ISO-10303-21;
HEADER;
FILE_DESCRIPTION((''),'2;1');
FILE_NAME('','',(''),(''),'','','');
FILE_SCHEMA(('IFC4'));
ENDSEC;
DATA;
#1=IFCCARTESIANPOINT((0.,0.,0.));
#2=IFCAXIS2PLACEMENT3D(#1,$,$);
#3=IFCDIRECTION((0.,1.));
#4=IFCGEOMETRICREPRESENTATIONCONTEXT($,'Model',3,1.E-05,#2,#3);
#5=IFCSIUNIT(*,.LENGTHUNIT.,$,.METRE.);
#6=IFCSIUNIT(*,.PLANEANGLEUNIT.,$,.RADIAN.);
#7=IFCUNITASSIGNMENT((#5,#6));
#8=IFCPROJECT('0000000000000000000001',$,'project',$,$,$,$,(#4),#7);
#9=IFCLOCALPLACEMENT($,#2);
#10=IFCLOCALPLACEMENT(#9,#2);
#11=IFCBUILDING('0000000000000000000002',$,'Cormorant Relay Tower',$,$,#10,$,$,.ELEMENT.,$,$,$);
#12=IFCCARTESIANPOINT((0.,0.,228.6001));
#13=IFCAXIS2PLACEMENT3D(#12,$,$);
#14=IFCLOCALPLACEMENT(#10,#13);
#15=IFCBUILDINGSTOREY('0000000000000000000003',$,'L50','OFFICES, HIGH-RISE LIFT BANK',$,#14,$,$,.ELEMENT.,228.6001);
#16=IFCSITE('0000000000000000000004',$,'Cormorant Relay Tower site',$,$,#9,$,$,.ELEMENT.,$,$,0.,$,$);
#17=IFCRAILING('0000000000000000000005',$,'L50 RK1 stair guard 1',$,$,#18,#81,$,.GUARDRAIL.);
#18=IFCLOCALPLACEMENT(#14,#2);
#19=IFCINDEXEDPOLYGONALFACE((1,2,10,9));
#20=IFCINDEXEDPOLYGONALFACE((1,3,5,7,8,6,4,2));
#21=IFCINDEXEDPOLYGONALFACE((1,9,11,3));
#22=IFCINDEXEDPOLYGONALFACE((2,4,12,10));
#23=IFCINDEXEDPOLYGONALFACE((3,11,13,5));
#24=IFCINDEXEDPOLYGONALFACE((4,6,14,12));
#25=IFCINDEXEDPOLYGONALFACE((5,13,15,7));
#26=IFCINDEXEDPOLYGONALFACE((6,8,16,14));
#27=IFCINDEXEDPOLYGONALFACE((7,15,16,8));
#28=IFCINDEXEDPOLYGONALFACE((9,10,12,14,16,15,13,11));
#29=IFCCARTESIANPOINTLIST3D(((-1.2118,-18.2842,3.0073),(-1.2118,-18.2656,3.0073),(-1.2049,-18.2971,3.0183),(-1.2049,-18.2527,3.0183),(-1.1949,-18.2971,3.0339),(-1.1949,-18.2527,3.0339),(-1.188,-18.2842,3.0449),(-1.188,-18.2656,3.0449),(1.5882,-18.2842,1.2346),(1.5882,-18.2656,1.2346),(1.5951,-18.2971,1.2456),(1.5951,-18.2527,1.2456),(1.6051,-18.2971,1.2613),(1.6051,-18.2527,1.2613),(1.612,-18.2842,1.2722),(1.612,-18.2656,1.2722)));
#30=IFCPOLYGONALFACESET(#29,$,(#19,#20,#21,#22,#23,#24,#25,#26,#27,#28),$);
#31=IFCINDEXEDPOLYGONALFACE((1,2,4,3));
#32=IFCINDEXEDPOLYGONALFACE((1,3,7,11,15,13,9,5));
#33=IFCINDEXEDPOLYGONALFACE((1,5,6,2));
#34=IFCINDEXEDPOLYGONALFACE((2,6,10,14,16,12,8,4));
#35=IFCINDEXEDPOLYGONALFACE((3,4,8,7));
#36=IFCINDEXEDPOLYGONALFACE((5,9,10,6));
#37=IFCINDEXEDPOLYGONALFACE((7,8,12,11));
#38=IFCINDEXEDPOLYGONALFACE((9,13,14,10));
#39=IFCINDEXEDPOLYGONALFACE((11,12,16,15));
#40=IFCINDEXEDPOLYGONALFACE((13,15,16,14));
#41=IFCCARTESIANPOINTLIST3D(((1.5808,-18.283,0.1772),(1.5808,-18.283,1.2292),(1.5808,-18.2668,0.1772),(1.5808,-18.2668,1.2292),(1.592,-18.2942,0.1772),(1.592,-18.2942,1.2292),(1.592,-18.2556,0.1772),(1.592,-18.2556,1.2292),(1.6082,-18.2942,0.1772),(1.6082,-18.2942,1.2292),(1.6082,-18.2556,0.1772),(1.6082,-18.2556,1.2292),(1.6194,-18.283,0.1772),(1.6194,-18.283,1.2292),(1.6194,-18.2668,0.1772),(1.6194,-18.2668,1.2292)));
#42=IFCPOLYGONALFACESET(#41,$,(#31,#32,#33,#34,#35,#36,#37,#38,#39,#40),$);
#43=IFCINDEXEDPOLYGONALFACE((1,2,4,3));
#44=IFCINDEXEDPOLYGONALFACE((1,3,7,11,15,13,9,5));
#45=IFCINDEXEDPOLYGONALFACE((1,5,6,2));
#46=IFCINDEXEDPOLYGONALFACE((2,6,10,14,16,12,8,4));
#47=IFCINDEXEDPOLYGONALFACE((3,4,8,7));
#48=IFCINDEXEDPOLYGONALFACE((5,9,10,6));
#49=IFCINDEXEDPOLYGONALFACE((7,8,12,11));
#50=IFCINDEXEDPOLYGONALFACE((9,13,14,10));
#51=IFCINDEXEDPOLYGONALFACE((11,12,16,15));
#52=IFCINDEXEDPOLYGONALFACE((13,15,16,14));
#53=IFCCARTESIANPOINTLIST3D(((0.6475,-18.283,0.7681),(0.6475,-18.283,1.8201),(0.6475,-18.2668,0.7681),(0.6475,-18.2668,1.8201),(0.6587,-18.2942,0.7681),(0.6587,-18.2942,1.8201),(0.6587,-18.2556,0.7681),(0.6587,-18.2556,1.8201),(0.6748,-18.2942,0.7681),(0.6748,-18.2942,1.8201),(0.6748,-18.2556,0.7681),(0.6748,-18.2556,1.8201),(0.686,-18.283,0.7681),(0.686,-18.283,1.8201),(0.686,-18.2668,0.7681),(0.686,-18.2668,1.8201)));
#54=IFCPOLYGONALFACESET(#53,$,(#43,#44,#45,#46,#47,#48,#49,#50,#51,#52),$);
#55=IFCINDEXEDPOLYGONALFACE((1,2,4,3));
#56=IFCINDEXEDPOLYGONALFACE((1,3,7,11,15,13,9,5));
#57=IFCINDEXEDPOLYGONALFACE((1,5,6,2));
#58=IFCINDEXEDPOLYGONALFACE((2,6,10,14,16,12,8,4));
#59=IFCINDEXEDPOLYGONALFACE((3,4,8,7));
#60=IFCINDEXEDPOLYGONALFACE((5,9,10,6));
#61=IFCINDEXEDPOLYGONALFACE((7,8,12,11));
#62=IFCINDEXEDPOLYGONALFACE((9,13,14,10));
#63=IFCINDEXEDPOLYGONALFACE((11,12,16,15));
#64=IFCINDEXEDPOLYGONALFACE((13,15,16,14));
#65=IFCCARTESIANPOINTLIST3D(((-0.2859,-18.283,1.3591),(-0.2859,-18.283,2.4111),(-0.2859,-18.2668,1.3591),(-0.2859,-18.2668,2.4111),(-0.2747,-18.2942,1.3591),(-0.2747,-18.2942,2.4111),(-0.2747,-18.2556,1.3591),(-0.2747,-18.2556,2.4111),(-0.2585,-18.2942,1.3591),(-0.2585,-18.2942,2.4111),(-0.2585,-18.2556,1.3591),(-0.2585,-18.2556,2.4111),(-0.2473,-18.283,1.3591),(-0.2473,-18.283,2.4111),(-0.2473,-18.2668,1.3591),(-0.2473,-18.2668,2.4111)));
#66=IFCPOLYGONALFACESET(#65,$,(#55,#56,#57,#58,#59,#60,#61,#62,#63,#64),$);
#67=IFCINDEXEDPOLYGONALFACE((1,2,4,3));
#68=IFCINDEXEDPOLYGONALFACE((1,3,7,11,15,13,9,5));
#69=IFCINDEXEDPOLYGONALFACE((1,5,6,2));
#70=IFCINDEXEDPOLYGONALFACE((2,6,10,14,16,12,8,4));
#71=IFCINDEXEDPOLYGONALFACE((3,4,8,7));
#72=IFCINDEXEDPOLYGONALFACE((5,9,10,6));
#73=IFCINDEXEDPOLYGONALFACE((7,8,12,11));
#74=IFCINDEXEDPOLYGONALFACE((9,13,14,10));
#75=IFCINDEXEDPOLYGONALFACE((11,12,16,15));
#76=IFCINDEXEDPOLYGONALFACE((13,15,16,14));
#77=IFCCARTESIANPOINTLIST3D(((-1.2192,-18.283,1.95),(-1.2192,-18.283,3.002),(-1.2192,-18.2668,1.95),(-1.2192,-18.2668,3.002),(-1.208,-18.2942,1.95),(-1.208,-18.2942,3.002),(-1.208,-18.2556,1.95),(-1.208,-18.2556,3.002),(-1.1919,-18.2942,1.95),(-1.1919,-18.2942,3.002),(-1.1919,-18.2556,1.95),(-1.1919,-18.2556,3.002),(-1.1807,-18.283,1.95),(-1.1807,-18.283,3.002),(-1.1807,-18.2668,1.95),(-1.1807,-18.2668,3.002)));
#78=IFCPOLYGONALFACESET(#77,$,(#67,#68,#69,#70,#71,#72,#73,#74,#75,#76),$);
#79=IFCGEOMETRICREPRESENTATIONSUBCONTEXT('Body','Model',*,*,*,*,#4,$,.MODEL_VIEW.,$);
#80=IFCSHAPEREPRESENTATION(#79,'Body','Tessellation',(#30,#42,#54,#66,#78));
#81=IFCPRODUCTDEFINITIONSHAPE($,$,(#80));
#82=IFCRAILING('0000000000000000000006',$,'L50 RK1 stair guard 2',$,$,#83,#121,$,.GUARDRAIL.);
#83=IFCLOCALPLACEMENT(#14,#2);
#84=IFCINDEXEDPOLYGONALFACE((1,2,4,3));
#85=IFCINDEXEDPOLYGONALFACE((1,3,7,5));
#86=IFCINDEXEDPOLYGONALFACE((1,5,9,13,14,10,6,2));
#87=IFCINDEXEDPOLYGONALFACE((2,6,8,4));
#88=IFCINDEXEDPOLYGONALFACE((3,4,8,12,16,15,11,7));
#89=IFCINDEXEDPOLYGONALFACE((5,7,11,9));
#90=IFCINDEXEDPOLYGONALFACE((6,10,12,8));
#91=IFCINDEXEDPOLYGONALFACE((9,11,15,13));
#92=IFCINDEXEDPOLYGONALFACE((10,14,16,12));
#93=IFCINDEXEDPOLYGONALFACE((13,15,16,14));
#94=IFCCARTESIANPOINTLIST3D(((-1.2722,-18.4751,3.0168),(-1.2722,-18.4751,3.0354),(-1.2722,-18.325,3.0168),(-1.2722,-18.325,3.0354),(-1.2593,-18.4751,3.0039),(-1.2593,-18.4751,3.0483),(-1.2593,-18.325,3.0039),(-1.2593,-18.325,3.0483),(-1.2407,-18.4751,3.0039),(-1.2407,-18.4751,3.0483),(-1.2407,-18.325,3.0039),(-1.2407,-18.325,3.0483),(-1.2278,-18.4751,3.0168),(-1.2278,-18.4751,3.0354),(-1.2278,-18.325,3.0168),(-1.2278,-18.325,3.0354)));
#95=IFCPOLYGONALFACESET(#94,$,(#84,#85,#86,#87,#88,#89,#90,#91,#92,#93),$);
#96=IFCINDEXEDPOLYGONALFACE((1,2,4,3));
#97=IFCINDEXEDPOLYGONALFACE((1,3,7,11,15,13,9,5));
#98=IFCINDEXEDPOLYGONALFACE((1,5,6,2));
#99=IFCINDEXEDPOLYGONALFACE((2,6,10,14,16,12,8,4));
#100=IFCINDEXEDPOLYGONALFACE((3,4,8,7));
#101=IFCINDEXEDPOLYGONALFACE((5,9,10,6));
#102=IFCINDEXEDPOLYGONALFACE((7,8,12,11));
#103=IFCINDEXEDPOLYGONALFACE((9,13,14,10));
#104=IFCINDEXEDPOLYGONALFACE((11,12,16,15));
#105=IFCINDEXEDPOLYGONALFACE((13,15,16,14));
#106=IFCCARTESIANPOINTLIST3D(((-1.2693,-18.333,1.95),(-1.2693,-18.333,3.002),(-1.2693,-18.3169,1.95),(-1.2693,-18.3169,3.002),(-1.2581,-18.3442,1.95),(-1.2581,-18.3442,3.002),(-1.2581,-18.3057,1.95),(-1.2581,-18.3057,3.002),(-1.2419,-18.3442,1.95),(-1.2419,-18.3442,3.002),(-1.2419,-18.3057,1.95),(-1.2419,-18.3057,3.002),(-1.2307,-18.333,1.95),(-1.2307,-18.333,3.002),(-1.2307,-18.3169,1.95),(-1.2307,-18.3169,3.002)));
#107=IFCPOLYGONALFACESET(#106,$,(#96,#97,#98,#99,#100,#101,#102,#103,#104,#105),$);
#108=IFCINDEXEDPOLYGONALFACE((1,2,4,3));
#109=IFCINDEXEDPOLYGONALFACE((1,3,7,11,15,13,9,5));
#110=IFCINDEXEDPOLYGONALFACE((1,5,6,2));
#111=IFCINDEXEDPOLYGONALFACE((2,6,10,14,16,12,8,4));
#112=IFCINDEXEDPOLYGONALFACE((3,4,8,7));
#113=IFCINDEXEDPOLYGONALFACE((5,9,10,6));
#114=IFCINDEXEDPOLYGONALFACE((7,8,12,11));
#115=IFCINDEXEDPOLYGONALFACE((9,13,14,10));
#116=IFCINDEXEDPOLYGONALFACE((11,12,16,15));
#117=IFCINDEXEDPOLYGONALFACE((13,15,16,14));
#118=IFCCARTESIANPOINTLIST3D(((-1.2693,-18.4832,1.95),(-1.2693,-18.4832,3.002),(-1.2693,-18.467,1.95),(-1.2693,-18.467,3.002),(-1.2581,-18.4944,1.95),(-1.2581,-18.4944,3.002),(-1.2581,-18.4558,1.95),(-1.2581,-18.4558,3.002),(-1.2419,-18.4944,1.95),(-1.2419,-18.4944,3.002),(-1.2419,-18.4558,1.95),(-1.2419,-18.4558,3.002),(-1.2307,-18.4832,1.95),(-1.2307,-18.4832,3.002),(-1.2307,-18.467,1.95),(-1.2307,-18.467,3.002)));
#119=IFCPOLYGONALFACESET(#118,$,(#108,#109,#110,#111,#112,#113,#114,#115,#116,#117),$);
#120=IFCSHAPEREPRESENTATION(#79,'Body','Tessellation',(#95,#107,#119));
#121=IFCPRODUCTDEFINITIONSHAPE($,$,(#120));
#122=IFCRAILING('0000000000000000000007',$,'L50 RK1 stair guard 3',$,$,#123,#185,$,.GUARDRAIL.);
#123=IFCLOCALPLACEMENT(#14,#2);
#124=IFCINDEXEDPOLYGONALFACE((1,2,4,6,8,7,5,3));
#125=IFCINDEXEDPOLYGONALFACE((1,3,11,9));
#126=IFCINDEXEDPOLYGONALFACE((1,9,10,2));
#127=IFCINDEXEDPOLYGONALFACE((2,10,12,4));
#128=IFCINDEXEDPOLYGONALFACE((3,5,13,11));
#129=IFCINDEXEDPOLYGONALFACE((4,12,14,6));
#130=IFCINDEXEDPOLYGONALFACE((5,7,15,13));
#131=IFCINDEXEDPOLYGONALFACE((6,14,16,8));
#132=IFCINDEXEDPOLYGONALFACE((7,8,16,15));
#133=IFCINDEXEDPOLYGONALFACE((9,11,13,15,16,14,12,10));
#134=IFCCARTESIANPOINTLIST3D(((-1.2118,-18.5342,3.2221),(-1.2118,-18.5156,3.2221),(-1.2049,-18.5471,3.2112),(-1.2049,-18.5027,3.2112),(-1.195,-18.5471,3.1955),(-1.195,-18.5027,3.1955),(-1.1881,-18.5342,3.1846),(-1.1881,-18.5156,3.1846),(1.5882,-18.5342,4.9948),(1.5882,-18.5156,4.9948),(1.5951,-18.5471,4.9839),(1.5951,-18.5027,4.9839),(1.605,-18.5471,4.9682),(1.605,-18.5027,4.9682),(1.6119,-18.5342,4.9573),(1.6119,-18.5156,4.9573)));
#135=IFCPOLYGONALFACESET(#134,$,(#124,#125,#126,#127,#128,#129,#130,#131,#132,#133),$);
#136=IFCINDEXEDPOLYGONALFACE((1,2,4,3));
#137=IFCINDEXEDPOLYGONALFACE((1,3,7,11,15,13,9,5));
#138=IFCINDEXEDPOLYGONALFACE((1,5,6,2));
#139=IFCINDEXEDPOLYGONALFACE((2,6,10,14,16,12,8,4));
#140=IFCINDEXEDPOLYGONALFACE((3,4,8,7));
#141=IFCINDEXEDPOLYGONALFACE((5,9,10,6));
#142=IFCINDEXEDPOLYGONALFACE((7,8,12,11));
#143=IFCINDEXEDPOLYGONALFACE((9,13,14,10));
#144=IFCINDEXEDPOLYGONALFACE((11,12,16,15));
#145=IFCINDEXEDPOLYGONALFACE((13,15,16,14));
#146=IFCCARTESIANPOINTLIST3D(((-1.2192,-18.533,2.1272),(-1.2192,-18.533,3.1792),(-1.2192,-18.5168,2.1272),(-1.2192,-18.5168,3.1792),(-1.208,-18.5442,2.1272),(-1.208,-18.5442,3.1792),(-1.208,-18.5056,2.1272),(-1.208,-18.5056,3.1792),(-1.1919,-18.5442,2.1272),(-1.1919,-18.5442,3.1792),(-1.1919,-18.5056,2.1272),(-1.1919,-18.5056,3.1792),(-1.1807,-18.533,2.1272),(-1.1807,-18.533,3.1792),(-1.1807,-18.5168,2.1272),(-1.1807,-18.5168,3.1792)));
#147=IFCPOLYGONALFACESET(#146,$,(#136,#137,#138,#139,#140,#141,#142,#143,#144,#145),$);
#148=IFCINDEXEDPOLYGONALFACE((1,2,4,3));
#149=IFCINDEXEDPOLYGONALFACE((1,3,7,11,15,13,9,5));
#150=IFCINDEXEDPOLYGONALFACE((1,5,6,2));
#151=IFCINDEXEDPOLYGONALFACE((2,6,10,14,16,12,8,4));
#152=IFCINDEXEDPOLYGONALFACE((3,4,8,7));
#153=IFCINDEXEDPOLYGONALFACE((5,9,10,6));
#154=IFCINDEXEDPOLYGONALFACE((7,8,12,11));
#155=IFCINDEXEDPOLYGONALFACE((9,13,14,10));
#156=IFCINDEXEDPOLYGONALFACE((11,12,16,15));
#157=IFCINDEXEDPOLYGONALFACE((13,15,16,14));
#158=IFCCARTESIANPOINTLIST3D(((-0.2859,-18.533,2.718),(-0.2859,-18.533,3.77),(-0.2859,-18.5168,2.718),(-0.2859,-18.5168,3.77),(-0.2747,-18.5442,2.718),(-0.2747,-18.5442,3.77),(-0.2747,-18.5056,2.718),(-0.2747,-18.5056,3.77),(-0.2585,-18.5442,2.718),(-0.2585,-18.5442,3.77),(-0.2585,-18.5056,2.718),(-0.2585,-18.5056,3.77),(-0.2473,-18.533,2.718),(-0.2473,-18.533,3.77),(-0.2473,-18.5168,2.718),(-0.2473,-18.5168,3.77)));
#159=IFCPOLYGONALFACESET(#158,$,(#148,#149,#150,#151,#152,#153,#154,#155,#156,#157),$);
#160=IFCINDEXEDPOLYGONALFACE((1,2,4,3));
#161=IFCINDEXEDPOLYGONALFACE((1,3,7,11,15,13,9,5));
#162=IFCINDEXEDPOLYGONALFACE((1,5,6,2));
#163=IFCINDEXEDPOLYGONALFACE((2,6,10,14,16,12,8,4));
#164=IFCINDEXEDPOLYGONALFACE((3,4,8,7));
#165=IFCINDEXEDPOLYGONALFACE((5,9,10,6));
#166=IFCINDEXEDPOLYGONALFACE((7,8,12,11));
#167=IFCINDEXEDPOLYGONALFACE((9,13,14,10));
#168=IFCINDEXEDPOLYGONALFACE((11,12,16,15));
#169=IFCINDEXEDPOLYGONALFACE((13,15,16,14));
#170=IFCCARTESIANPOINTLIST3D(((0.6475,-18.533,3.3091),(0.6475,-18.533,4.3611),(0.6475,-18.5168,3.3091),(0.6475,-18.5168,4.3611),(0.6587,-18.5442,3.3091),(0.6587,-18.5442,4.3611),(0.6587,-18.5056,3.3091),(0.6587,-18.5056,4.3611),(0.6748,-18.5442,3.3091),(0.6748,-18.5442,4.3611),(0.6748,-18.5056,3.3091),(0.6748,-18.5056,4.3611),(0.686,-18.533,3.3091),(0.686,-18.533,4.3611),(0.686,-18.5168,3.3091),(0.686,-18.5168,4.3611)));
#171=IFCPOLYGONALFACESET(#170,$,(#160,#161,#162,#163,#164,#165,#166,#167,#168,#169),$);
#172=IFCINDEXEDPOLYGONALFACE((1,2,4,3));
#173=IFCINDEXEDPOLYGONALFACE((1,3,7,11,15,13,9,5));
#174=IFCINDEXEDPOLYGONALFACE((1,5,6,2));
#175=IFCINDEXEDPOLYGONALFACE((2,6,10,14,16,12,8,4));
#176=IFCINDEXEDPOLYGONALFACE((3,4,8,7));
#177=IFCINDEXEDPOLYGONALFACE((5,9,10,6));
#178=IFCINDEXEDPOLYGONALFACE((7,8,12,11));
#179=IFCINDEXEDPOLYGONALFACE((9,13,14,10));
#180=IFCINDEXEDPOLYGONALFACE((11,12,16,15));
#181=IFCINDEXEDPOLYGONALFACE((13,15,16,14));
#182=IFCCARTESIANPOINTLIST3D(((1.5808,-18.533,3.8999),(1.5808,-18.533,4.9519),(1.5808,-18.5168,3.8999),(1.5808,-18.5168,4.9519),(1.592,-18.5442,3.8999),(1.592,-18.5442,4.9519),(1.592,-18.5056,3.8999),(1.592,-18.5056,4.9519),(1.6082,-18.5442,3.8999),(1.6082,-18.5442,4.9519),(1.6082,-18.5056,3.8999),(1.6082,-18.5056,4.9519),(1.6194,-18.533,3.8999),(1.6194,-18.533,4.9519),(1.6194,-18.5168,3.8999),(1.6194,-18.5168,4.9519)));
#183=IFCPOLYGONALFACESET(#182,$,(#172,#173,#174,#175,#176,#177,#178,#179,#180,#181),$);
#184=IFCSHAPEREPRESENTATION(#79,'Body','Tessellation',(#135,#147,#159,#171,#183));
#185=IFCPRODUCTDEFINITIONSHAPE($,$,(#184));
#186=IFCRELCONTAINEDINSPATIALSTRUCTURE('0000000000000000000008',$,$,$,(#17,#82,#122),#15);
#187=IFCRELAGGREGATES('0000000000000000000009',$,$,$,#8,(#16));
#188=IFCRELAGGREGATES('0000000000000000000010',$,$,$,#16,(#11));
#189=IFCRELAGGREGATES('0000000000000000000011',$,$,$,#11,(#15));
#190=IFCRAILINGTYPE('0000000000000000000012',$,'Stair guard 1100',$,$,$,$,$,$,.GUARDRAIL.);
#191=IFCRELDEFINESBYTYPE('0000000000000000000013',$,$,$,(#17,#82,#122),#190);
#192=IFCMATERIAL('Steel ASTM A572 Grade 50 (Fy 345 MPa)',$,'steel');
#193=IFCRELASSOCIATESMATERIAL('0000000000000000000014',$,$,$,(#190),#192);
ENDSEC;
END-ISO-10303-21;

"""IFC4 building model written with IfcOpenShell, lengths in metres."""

from ifc_helpers import new_model, si_unit, direction, frame, origin, place, context, subcontext, project, spatial, polyline, outline, extrude, material, type_object, element, save


model = new_model("IFC4")

# Units and contexts
model_context = context("Model", 3, precision=1e-05, world=origin(), true_north=direction((0.0, 1.0)))
body_context = subcontext(model_context, "Body", "Model", "MODEL_VIEW")
ifc_project = project(units=[si_unit("LENGTHUNIT", "METRE"), si_unit("PLANEANGLEUNIT", "RADIAN")], contexts=[model_context])

# Site, building, storey
site_placement = place(None, origin())
site = spatial("IfcSite", under=ifc_project, at=site_placement, Name="Cormorant Relay Tower site", CompositionType="ELEMENT", RefElevation=0.0)
building_placement = place(site_placement, origin())
building = spatial("IfcBuilding", under=site, at=building_placement, Name="Cormorant Relay Tower", CompositionType="ELEMENT")
storey_placement = place(building_placement, frame((0.0, 0.0, 228.6001)))
storey = spatial("IfcBuildingStorey", under=building, at=storey_placement, Name="L50", Description="OFFICES, HIGH-RISE LIFT BANK", CompositionType="ELEMENT", Elevation=228.6001)

# Railings
ifc_material_1 = material(Name="Steel ASTM A572 Grade 50 (Fy 345 MPa)", Category="steel")
railing_type_1 = type_object("IfcRailingType", Name="Stair guard 1100", PredefinedType="GUARDRAIL", material=ifc_material_1)
railing_1_placement = place(storey_placement, frame((1.6001, -18.2749, 0.1772)))
element("IfcRailing", 1, at=railing_1_placement, inside=storey, type_object=railing_type_1, Name="L50 RK1 stair guard 1", PredefinedType="GUARDRAIL", context=body_context, shape_type="SweptSolid", body=[
    extrude(outline(polyline([(0.0222, 0.0093), (0.0093, 0.0222), (-0.0093, 0.0222), (-0.0222, 0.0093), (-0.0222, -0.0093), (-0.0093, -0.0222), (0.0093, -0.0222), (0.0222, -0.0093), (0.0222, 0.0093)])), frame((0.0, 0.0, 1.0762), z_axis=(-0.844909, 0.0, 0.53491), x_axis=(0.0, -1.0, 0.0)), (0.0, 0.0, 1.0), 3.314),
    extrude(outline(polyline([(0.0193, 0.0081), (0.0081, 0.0193), (-0.0081, 0.0193), (-0.0193, 0.0081), (-0.0193, -0.0081), (-0.0081, -0.0193), (0.0081, -0.0193), (0.0193, -0.0081), (0.0193, 0.0081)])), origin(), (0.0, 0.0, 1.0), 1.052),
    extrude(outline(polyline([(0.0193, 0.0081), (0.0081, 0.0193), (-0.0081, 0.0193), (-0.0193, 0.0081), (-0.0193, -0.0081), (-0.0081, -0.0193), (0.0081, -0.0193), (0.0193, -0.0081), (0.0193, 0.0081)])), frame((-0.9333, 0.0, 0.5908)), (0.0, 0.0, 1.0), 1.052),
    extrude(outline(polyline([(0.0193, 0.0081), (0.0081, 0.0193), (-0.0081, 0.0193), (-0.0193, 0.0081), (-0.0193, -0.0081), (-0.0081, -0.0193), (0.0081, -0.0193), (0.0193, -0.0081), (0.0193, 0.0081)])), frame((-1.8667, 0.0, 1.1819)), (0.0, 0.0, 1.0), 1.052),
    extrude(outline(polyline([(0.0193, 0.0081), (0.0081, 0.0193), (-0.0081, 0.0193), (-0.0193, 0.0081), (-0.0193, -0.0081), (-0.0081, -0.0193), (0.0081, -0.0193), (0.0193, -0.0081), (0.0193, 0.0081)])), frame((-2.8, 0.0, 1.7727)), (0.0, 0.0, 1.0), 1.052),
])
railing_2_placement = place(storey_placement, frame((-1.25, -18.325, 1.95)))
element("IfcRailing", 2, at=railing_2_placement, inside=storey, type_object=railing_type_1, Name="L50 RK1 stair guard 2", PredefinedType="GUARDRAIL", context=body_context, shape_type="SweptSolid", body=[
    extrude(outline(polyline([(0.0222, 0.0093), (0.0093, 0.0222), (-0.0093, 0.0222), (-0.0222, 0.0093), (-0.0222, -0.0093), (-0.0093, -0.0222), (0.0093, -0.0222), (0.0222, -0.0093), (0.0222, 0.0093)])), frame((0.0, 0.0, 1.0762), z_axis=(0.0, -1.0, 0.0), x_axis=(1.0, 0.0, 0.0)), (0.0, 0.0, 1.0), 0.1501),
    extrude(outline(polyline([(0.0193, 0.0081), (0.0081, 0.0193), (-0.0081, 0.0193), (-0.0193, 0.0081), (-0.0193, -0.0081), (-0.0081, -0.0193), (0.0081, -0.0193), (0.0193, -0.0081), (0.0193, 0.0081)])), origin(), (0.0, 0.0, 1.0), 1.052),
    extrude(outline(polyline([(0.0193, 0.0081), (0.0081, 0.0193), (-0.0081, 0.0193), (-0.0193, 0.0081), (-0.0193, -0.0081), (-0.0081, -0.0193), (0.0081, -0.0193), (0.0193, -0.0081), (0.0193, 0.0081)])), frame((0.0, -0.1501, 0.0)), (0.0, 0.0, 1.0), 1.052),
])
railing_3_placement = place(storey_placement, frame((-1.2, -18.5249, 2.1272)))
element("IfcRailing", 3, at=railing_3_placement, inside=storey, type_object=railing_type_1, Name="L50 RK1 stair guard 3", PredefinedType="GUARDRAIL", context=body_context, shape_type="SweptSolid", body=[
    extrude(outline(polyline([(0.0222, 0.0093), (0.0093, 0.0222), (-0.0093, 0.0222), (-0.0222, 0.0093), (-0.0222, -0.0093), (-0.0093, -0.0222), (0.0093, -0.0222), (0.0222, -0.0093), (0.0222, 0.0093)])), frame((0.0, 0.0, 1.0762), z_axis=(0.844909, 0.0, 0.53491), x_axis=(0.0, 1.0, 0.0)), (0.0, 0.0, 1.0), 3.314),
    extrude(outline(polyline([(0.0193, 0.0081), (0.0081, 0.0193), (-0.0081, 0.0193), (-0.0193, 0.0081), (-0.0193, -0.0081), (-0.0081, -0.0193), (0.0081, -0.0193), (0.0193, -0.0081), (0.0193, 0.0081)])), origin(), (0.0, 0.0, 1.0), 1.052),
    extrude(outline(polyline([(0.0193, 0.0081), (0.0081, 0.0193), (-0.0081, 0.0193), (-0.0193, 0.0081), (-0.0193, -0.0081), (-0.0081, -0.0193), (0.0081, -0.0193), (0.0193, -0.0081), (0.0193, 0.0081)])), frame((0.9333, 0.0, 0.5908)), (0.0, 0.0, 1.0), 1.052),
    extrude(outline(polyline([(0.0193, 0.0081), (0.0081, 0.0193), (-0.0081, 0.0193), (-0.0193, 0.0081), (-0.0193, -0.0081), (-0.0081, -0.0193), (0.0081, -0.0193), (0.0193, -0.0081), (0.0193, 0.0081)])), frame((1.8667, 0.0, 1.1819)), (0.0, 0.0, 1.0), 1.052),
    extrude(outline(polyline([(0.0193, 0.0081), (0.0081, 0.0193), (-0.0081, 0.0193), (-0.0193, 0.0081), (-0.0193, -0.0081), (-0.0081, -0.0193), (0.0081, -0.0193), (0.0193, -0.0081), (0.0193, 0.0081)])), frame((2.8, 0.0, 1.7727)), (0.0, 0.0, 1.0), 1.052),
])

save(model, "model.ifc")
